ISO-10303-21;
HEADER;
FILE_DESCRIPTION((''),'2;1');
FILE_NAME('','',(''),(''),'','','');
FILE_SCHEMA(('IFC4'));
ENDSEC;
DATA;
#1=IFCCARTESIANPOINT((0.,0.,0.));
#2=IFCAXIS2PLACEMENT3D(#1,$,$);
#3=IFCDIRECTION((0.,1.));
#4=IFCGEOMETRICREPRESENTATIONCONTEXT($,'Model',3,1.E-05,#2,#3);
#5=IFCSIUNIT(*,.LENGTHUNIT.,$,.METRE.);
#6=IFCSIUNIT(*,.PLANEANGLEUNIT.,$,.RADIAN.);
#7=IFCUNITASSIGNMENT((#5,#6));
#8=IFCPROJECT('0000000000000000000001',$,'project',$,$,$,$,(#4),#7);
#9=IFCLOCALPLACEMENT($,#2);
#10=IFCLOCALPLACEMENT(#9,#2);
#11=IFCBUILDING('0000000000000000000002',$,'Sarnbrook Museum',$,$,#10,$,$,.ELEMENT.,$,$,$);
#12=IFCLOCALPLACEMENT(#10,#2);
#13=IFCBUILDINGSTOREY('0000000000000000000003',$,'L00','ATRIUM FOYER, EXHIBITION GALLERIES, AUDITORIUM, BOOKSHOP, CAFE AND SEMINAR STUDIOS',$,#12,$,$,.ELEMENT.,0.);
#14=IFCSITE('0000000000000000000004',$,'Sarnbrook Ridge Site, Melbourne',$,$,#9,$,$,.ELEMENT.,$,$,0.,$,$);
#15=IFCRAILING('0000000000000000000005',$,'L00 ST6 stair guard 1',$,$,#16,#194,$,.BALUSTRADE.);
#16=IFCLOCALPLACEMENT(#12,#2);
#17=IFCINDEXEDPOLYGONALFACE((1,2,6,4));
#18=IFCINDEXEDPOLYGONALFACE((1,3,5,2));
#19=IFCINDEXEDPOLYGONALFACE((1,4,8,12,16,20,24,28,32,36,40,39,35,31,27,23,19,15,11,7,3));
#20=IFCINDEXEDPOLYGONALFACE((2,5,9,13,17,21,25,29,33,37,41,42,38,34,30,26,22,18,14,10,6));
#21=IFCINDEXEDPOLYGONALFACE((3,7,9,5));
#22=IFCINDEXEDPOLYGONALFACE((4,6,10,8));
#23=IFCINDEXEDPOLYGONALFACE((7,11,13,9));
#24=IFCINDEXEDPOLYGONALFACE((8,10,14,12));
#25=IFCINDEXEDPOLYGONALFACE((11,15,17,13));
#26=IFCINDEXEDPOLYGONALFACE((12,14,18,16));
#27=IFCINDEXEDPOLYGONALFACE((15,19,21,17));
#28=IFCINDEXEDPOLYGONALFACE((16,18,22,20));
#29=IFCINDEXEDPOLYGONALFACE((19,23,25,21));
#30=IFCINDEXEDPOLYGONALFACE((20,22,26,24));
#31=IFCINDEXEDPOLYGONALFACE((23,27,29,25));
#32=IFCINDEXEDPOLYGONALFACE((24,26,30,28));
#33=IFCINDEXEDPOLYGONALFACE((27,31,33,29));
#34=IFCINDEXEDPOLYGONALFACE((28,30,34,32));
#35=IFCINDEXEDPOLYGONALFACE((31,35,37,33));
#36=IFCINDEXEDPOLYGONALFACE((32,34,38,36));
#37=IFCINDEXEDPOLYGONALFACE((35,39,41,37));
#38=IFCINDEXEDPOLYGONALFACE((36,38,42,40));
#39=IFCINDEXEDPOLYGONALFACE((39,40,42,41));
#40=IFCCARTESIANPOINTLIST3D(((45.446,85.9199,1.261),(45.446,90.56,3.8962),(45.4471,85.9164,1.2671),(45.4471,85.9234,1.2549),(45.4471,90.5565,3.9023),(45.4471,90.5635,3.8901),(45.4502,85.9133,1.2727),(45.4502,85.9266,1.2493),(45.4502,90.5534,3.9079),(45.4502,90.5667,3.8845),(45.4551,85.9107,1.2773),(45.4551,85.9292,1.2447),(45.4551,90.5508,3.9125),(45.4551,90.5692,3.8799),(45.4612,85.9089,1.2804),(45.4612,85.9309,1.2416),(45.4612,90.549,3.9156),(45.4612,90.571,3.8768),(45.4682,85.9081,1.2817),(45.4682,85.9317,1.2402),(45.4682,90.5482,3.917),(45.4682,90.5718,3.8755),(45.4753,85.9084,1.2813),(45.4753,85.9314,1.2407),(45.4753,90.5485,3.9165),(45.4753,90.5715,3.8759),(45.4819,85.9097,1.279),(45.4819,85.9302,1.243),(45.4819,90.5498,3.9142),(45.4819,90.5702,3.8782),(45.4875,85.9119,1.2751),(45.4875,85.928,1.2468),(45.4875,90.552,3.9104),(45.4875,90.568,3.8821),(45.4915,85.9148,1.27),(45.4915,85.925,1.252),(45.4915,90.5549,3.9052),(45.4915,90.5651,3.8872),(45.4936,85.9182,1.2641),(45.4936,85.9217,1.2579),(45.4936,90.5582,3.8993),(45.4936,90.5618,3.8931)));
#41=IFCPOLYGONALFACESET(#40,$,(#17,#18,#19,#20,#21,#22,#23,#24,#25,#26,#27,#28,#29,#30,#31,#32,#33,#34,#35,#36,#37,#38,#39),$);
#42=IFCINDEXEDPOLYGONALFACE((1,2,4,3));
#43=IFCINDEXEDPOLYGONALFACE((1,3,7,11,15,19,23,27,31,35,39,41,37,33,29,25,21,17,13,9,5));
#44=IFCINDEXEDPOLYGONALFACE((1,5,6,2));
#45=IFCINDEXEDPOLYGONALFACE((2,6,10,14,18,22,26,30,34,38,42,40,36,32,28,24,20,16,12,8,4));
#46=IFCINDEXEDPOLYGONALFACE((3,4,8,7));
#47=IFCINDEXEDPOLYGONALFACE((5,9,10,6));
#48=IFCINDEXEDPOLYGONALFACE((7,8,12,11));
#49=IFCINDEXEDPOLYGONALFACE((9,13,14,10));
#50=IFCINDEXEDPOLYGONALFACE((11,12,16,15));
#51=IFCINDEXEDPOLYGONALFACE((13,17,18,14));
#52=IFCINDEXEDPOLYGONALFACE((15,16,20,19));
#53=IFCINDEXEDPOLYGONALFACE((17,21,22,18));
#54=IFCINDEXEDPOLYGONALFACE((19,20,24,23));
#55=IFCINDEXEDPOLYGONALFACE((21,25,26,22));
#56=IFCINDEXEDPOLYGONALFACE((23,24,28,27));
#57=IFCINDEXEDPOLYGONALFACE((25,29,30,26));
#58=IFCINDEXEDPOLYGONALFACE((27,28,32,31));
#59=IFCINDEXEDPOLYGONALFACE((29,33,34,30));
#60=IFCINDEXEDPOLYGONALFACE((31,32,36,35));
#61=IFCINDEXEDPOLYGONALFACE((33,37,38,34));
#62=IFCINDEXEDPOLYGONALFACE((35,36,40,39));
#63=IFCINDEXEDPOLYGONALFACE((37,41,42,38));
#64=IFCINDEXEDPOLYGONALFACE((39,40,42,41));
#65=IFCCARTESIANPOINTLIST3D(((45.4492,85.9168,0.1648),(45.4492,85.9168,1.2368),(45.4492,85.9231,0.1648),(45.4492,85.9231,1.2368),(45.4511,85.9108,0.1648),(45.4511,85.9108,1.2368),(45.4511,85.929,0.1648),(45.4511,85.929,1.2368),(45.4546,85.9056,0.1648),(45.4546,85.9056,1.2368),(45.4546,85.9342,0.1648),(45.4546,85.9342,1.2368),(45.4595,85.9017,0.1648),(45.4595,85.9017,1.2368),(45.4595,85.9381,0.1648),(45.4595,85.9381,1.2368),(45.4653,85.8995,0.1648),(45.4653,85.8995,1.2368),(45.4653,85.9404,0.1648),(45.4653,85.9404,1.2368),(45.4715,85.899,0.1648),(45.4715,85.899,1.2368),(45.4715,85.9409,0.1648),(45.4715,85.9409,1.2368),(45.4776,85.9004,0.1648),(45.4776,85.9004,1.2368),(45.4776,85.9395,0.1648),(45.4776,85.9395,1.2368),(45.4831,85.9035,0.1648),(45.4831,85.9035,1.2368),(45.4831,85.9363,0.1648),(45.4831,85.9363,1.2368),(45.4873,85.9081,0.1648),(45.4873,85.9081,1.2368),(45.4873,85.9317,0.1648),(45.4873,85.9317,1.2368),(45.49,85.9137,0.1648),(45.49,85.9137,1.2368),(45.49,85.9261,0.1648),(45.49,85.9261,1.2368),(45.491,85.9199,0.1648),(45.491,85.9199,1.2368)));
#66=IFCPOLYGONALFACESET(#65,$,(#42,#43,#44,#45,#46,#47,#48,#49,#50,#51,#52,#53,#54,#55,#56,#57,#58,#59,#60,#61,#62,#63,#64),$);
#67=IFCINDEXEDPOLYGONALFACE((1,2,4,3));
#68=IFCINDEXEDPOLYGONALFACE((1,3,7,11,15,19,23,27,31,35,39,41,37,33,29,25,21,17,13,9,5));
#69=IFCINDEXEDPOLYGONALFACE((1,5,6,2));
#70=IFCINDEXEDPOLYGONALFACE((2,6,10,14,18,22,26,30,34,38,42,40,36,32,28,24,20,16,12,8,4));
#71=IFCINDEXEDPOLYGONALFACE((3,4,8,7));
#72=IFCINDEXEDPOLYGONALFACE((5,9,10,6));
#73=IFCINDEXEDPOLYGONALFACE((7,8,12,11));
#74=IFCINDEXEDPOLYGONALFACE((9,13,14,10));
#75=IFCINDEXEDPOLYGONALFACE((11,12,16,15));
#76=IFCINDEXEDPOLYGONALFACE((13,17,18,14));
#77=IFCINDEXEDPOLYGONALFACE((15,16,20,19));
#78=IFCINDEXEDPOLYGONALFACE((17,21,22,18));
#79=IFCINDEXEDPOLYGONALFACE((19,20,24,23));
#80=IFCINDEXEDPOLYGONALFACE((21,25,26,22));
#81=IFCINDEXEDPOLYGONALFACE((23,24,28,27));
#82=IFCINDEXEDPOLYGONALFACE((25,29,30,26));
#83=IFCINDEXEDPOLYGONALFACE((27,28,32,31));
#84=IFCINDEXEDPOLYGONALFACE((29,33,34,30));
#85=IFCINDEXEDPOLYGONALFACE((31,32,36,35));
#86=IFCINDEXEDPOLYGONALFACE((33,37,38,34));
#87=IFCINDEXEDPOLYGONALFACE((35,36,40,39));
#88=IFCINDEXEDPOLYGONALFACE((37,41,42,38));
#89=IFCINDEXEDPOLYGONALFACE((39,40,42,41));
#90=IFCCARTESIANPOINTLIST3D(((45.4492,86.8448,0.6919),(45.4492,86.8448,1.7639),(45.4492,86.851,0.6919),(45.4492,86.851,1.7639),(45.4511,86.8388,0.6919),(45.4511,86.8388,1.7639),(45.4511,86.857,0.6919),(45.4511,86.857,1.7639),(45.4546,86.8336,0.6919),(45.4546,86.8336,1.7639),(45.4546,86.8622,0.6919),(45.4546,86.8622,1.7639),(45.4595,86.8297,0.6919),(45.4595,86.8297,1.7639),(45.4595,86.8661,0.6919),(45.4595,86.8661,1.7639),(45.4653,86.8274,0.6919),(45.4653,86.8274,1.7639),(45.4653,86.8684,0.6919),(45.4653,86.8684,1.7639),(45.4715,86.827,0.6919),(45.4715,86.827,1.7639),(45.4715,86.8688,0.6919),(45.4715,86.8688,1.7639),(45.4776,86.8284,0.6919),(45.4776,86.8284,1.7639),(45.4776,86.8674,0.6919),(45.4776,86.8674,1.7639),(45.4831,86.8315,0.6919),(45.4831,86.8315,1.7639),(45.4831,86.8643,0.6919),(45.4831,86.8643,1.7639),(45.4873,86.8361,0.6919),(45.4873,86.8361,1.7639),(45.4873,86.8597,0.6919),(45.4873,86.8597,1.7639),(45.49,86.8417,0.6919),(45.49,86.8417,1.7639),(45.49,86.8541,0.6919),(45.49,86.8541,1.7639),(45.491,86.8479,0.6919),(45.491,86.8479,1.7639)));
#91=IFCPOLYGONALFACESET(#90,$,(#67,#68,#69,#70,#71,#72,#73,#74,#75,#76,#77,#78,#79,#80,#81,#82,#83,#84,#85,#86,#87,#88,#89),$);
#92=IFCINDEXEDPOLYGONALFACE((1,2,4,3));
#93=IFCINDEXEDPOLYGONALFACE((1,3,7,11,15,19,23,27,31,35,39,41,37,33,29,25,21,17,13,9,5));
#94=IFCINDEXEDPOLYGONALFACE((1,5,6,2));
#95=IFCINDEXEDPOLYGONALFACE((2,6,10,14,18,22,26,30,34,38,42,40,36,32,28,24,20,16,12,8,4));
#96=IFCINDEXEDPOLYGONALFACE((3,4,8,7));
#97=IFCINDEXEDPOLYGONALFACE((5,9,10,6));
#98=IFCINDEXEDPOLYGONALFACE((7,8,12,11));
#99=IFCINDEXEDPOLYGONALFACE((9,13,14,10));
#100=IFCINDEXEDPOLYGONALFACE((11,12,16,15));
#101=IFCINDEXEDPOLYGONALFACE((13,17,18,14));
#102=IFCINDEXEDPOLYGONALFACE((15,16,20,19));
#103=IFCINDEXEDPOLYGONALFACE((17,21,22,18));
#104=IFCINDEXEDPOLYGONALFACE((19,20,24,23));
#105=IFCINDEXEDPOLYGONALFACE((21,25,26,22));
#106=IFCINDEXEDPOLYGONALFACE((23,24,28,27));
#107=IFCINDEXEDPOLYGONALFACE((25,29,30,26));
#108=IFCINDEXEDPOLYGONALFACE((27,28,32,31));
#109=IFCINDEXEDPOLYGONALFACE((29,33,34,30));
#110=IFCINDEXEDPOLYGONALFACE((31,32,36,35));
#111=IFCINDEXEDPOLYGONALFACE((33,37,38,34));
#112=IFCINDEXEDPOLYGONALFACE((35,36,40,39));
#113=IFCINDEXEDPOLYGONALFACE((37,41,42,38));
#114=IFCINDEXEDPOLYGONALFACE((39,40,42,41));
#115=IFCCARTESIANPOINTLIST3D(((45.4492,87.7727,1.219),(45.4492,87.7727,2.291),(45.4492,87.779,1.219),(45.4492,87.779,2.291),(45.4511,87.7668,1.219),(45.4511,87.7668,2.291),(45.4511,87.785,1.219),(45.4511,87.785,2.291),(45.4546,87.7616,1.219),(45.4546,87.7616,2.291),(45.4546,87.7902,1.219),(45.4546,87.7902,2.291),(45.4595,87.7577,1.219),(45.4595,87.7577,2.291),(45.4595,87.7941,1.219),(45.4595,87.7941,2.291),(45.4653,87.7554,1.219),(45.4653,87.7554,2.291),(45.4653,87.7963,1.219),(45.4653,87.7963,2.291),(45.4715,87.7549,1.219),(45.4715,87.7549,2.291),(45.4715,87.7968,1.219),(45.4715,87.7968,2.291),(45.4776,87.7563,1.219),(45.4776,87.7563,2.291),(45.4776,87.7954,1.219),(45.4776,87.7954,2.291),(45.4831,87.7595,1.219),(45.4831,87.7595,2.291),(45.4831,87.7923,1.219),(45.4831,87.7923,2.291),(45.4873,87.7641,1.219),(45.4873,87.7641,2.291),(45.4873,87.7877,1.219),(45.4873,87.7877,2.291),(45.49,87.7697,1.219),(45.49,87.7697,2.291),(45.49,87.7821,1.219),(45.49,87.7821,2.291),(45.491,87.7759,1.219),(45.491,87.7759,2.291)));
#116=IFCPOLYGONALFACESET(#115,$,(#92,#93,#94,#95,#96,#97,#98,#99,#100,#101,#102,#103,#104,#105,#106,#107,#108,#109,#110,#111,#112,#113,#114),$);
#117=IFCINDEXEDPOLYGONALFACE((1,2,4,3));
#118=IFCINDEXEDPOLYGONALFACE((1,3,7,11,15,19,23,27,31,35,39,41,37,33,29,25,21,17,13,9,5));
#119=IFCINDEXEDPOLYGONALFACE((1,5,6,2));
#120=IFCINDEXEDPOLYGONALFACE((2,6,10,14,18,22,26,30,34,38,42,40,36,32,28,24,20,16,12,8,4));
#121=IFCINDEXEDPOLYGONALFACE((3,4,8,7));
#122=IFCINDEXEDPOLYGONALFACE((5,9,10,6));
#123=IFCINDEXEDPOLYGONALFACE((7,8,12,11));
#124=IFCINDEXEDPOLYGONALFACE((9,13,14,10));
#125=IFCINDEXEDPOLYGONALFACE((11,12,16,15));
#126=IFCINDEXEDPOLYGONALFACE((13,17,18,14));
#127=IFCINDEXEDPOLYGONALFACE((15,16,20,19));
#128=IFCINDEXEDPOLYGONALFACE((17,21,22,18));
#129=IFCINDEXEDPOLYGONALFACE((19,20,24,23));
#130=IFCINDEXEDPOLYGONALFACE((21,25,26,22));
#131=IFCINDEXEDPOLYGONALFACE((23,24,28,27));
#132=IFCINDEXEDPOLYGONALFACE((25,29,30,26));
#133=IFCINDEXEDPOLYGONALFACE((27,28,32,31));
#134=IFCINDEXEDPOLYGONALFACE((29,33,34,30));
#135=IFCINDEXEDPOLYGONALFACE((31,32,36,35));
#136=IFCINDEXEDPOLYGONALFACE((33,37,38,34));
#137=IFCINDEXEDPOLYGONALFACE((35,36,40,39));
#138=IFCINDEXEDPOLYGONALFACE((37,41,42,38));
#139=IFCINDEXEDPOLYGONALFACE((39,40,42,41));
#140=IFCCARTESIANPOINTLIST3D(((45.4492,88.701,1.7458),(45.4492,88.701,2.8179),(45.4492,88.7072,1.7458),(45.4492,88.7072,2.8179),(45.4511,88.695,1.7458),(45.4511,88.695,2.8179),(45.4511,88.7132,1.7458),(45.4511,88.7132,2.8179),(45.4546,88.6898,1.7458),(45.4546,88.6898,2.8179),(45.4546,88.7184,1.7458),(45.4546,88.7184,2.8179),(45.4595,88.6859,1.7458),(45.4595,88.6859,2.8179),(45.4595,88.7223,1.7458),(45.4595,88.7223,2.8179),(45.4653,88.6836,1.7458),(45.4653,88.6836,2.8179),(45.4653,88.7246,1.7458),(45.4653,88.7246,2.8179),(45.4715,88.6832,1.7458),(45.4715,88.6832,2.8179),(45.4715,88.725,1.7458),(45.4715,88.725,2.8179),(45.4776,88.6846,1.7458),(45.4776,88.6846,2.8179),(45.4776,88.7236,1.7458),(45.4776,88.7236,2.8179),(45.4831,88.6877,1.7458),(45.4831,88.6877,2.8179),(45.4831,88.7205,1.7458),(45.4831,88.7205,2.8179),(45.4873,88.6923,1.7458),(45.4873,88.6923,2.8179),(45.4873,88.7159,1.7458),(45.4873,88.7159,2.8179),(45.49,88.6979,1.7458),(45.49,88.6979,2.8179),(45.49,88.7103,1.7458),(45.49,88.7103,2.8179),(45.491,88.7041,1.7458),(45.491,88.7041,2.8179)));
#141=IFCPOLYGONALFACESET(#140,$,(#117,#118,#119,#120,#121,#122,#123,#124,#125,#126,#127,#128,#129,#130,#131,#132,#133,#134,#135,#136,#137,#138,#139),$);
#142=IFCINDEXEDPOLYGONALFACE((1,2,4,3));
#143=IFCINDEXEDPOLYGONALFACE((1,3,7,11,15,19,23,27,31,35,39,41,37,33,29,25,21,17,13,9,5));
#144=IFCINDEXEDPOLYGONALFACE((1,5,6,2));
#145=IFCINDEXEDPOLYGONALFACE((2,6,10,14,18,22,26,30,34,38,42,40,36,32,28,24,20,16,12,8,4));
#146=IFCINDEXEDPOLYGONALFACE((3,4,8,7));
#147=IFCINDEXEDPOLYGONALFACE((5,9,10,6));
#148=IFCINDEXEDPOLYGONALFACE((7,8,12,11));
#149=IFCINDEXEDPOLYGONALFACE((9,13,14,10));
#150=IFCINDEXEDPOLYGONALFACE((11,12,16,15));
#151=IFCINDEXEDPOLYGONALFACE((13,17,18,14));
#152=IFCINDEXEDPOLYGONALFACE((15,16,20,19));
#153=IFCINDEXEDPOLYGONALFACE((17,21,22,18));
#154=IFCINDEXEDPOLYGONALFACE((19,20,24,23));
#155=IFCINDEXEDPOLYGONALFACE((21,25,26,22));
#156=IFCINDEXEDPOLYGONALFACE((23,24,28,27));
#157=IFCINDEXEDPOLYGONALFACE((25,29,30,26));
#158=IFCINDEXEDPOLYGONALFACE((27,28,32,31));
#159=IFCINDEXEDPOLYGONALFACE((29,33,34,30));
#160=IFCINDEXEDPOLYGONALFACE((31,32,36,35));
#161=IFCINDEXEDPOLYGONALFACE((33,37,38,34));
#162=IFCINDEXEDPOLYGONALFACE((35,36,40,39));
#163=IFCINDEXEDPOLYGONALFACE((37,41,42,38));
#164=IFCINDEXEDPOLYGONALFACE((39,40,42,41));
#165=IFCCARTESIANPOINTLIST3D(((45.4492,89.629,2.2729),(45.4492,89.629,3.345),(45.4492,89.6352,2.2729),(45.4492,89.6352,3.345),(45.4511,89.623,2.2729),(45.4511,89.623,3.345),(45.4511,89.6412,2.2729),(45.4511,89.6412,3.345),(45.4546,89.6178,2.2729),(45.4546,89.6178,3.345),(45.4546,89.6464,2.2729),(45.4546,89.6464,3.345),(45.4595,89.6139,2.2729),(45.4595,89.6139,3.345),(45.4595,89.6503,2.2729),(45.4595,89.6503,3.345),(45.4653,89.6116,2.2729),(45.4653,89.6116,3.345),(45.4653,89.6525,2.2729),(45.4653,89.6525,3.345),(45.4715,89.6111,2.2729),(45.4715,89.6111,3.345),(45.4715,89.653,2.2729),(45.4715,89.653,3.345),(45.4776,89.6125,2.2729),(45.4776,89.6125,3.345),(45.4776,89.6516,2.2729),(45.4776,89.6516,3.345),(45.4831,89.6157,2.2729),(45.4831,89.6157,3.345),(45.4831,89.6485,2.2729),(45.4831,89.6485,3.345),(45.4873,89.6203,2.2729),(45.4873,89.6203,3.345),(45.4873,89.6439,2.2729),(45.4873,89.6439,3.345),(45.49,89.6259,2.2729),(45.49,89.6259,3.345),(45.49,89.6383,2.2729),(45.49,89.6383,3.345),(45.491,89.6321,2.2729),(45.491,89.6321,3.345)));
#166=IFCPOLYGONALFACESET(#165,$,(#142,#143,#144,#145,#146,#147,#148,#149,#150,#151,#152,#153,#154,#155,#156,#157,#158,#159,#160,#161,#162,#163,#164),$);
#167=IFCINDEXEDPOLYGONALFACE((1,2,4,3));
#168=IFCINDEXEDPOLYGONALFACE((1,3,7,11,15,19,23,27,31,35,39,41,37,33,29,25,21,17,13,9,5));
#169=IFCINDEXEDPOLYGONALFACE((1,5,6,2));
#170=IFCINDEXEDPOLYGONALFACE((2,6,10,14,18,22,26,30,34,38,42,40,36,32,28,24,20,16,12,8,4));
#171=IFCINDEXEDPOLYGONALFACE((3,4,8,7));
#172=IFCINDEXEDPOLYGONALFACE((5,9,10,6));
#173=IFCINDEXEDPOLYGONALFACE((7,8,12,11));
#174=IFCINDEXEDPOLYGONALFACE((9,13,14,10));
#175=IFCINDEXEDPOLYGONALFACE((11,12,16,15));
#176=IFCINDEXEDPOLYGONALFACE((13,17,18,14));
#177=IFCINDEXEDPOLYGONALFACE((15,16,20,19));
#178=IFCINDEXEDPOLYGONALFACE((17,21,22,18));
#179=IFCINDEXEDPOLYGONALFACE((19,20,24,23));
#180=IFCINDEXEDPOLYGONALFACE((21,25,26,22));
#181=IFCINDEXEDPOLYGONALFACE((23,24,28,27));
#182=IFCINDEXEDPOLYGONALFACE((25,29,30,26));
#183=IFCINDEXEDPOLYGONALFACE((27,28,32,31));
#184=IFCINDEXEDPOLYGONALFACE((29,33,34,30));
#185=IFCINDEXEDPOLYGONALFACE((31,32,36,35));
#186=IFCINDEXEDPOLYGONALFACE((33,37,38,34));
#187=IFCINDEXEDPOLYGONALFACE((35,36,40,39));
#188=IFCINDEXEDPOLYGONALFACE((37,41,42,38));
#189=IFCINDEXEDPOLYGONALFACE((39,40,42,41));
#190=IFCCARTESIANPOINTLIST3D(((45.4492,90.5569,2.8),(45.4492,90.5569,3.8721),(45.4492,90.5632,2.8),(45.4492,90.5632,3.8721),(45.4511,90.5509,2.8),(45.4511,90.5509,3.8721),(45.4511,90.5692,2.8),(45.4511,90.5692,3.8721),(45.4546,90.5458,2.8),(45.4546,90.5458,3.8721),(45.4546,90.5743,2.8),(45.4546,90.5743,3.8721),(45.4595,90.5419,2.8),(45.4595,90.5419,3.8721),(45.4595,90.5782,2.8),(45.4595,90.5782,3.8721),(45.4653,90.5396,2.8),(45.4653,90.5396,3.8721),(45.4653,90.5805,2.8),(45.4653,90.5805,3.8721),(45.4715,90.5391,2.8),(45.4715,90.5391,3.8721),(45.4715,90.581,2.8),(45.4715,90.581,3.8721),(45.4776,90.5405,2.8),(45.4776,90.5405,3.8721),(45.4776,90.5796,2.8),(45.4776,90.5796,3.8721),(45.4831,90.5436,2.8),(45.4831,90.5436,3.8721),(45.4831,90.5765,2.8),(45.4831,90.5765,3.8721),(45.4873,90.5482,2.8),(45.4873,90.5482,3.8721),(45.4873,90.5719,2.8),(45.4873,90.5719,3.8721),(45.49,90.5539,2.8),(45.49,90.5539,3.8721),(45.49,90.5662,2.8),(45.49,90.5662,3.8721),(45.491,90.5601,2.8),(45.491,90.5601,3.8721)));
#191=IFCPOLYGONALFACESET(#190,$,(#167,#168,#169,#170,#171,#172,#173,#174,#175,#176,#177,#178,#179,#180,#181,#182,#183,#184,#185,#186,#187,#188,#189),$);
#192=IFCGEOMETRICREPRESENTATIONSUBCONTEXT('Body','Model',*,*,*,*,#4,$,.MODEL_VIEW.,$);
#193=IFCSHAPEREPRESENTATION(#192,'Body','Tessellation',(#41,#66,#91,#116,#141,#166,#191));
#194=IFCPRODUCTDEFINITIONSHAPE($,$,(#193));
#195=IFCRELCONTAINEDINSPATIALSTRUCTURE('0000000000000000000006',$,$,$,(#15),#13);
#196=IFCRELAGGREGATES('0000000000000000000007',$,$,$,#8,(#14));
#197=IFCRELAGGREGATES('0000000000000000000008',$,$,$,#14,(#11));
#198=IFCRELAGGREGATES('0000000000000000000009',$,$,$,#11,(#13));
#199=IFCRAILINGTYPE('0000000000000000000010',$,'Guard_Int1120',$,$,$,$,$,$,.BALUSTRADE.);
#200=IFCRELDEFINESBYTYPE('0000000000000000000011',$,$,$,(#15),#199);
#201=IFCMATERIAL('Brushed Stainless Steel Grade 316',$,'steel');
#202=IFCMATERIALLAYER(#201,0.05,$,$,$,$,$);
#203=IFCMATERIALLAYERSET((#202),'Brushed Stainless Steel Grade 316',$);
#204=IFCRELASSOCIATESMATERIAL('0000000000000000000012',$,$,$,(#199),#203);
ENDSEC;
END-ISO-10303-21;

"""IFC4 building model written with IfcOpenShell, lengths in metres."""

from ifc_helpers import new_model, si_unit, direction, frame, origin, origin_2d, place, context, subcontext, project, spatial, circle, extrude, material, layer, layer_set, type_object, element, save


model = new_model("IFC4")

# Units and contexts
model_context = context("Model", 3, precision=1e-05, world=origin(), true_north=direction((0.0, 1.0)))
body_context = subcontext(model_context, "Body", "Model", "MODEL_VIEW")
ifc_project = project(units=[si_unit("LENGTHUNIT", "METRE"), si_unit("PLANEANGLEUNIT", "RADIAN")], contexts=[model_context])

# Site, building, storey
site_placement = place(None, origin())
site = spatial("IfcSite", under=ifc_project, at=site_placement, Name="Sarnbrook Ridge Site, Melbourne", CompositionType="ELEMENT", RefElevation=0.0)
building_placement = place(site_placement, origin())
building = spatial("IfcBuilding", under=site, at=building_placement, Name="Sarnbrook Museum", CompositionType="ELEMENT")
storey_placement = place(building_placement, origin())
storey = spatial("IfcBuildingStorey", under=building, at=storey_placement, Name="L00", Description="ATRIUM FOYER, EXHIBITION GALLERIES, AUDITORIUM, BOOKSHOP, CAFE AND SEMINAR STUDIOS", CompositionType="ELEMENT", Elevation=0.0)

# Shared definitions
ifc_material_1 = material(Name="Brushed Stainless Steel Grade 316", Category="steel")

# Railing
ifc_layer_1 = layer(ifc_material_1, 0.05)
ifc_layer_set_1 = layer_set([ifc_layer_1], Name="Brushed Stainless Steel Grade 316")
railing_type_1 = type_object("IfcRailingType", Name="Guard_Int1120", PredefinedType="BALUSTRADE", material=ifc_layer_set_1)
railing_1_placement = place(storey_placement, frame((45.47, 85.9199, 0.1648)))
element("IfcRailing", 1, at=railing_1_placement, inside=storey, type_object=railing_type_1, Name="L00 ST6 stair guard 1", PredefinedType="BALUSTRADE", context=body_context, shape_type="SweptSolid", body=[
    extrude(circle(Radius=0.0239, at=origin_2d()), frame((0.0, 0.0, 1.0962), z_axis=(0.0, 0.869552, 0.493841), x_axis=(-1.0, 0.0, 0.0)), (0.0, 0.0, 1.0), 5.3362),
    extrude(circle(Radius=0.021, at=origin_2d()), origin(), (0.0, 0.0, 1.0), 1.072),
    extrude(circle(Radius=0.021, at=origin_2d()), frame((0.0, 0.928, 0.5271)), (0.0, 0.0, 1.0), 1.072),
    extrude(circle(Radius=0.021, at=origin_2d()), frame((0.0, 1.856, 1.0542)), (0.0, 0.0, 1.0), 1.072),
    extrude(circle(Radius=0.021, at=origin_2d()), frame((0.0, 2.7842, 1.5811)), (0.0, 0.0, 1.0), 1.072),
    extrude(circle(Radius=0.021, at=origin_2d()), frame((0.0, 3.7122, 2.1082)), (0.0, 0.0, 1.0), 1.072),
    extrude(circle(Radius=0.021, at=origin_2d()), frame((0.0, 4.6401, 2.6353)), (0.0, 0.0, 1.0), 1.072),
])

save(model, "model.ifc")
